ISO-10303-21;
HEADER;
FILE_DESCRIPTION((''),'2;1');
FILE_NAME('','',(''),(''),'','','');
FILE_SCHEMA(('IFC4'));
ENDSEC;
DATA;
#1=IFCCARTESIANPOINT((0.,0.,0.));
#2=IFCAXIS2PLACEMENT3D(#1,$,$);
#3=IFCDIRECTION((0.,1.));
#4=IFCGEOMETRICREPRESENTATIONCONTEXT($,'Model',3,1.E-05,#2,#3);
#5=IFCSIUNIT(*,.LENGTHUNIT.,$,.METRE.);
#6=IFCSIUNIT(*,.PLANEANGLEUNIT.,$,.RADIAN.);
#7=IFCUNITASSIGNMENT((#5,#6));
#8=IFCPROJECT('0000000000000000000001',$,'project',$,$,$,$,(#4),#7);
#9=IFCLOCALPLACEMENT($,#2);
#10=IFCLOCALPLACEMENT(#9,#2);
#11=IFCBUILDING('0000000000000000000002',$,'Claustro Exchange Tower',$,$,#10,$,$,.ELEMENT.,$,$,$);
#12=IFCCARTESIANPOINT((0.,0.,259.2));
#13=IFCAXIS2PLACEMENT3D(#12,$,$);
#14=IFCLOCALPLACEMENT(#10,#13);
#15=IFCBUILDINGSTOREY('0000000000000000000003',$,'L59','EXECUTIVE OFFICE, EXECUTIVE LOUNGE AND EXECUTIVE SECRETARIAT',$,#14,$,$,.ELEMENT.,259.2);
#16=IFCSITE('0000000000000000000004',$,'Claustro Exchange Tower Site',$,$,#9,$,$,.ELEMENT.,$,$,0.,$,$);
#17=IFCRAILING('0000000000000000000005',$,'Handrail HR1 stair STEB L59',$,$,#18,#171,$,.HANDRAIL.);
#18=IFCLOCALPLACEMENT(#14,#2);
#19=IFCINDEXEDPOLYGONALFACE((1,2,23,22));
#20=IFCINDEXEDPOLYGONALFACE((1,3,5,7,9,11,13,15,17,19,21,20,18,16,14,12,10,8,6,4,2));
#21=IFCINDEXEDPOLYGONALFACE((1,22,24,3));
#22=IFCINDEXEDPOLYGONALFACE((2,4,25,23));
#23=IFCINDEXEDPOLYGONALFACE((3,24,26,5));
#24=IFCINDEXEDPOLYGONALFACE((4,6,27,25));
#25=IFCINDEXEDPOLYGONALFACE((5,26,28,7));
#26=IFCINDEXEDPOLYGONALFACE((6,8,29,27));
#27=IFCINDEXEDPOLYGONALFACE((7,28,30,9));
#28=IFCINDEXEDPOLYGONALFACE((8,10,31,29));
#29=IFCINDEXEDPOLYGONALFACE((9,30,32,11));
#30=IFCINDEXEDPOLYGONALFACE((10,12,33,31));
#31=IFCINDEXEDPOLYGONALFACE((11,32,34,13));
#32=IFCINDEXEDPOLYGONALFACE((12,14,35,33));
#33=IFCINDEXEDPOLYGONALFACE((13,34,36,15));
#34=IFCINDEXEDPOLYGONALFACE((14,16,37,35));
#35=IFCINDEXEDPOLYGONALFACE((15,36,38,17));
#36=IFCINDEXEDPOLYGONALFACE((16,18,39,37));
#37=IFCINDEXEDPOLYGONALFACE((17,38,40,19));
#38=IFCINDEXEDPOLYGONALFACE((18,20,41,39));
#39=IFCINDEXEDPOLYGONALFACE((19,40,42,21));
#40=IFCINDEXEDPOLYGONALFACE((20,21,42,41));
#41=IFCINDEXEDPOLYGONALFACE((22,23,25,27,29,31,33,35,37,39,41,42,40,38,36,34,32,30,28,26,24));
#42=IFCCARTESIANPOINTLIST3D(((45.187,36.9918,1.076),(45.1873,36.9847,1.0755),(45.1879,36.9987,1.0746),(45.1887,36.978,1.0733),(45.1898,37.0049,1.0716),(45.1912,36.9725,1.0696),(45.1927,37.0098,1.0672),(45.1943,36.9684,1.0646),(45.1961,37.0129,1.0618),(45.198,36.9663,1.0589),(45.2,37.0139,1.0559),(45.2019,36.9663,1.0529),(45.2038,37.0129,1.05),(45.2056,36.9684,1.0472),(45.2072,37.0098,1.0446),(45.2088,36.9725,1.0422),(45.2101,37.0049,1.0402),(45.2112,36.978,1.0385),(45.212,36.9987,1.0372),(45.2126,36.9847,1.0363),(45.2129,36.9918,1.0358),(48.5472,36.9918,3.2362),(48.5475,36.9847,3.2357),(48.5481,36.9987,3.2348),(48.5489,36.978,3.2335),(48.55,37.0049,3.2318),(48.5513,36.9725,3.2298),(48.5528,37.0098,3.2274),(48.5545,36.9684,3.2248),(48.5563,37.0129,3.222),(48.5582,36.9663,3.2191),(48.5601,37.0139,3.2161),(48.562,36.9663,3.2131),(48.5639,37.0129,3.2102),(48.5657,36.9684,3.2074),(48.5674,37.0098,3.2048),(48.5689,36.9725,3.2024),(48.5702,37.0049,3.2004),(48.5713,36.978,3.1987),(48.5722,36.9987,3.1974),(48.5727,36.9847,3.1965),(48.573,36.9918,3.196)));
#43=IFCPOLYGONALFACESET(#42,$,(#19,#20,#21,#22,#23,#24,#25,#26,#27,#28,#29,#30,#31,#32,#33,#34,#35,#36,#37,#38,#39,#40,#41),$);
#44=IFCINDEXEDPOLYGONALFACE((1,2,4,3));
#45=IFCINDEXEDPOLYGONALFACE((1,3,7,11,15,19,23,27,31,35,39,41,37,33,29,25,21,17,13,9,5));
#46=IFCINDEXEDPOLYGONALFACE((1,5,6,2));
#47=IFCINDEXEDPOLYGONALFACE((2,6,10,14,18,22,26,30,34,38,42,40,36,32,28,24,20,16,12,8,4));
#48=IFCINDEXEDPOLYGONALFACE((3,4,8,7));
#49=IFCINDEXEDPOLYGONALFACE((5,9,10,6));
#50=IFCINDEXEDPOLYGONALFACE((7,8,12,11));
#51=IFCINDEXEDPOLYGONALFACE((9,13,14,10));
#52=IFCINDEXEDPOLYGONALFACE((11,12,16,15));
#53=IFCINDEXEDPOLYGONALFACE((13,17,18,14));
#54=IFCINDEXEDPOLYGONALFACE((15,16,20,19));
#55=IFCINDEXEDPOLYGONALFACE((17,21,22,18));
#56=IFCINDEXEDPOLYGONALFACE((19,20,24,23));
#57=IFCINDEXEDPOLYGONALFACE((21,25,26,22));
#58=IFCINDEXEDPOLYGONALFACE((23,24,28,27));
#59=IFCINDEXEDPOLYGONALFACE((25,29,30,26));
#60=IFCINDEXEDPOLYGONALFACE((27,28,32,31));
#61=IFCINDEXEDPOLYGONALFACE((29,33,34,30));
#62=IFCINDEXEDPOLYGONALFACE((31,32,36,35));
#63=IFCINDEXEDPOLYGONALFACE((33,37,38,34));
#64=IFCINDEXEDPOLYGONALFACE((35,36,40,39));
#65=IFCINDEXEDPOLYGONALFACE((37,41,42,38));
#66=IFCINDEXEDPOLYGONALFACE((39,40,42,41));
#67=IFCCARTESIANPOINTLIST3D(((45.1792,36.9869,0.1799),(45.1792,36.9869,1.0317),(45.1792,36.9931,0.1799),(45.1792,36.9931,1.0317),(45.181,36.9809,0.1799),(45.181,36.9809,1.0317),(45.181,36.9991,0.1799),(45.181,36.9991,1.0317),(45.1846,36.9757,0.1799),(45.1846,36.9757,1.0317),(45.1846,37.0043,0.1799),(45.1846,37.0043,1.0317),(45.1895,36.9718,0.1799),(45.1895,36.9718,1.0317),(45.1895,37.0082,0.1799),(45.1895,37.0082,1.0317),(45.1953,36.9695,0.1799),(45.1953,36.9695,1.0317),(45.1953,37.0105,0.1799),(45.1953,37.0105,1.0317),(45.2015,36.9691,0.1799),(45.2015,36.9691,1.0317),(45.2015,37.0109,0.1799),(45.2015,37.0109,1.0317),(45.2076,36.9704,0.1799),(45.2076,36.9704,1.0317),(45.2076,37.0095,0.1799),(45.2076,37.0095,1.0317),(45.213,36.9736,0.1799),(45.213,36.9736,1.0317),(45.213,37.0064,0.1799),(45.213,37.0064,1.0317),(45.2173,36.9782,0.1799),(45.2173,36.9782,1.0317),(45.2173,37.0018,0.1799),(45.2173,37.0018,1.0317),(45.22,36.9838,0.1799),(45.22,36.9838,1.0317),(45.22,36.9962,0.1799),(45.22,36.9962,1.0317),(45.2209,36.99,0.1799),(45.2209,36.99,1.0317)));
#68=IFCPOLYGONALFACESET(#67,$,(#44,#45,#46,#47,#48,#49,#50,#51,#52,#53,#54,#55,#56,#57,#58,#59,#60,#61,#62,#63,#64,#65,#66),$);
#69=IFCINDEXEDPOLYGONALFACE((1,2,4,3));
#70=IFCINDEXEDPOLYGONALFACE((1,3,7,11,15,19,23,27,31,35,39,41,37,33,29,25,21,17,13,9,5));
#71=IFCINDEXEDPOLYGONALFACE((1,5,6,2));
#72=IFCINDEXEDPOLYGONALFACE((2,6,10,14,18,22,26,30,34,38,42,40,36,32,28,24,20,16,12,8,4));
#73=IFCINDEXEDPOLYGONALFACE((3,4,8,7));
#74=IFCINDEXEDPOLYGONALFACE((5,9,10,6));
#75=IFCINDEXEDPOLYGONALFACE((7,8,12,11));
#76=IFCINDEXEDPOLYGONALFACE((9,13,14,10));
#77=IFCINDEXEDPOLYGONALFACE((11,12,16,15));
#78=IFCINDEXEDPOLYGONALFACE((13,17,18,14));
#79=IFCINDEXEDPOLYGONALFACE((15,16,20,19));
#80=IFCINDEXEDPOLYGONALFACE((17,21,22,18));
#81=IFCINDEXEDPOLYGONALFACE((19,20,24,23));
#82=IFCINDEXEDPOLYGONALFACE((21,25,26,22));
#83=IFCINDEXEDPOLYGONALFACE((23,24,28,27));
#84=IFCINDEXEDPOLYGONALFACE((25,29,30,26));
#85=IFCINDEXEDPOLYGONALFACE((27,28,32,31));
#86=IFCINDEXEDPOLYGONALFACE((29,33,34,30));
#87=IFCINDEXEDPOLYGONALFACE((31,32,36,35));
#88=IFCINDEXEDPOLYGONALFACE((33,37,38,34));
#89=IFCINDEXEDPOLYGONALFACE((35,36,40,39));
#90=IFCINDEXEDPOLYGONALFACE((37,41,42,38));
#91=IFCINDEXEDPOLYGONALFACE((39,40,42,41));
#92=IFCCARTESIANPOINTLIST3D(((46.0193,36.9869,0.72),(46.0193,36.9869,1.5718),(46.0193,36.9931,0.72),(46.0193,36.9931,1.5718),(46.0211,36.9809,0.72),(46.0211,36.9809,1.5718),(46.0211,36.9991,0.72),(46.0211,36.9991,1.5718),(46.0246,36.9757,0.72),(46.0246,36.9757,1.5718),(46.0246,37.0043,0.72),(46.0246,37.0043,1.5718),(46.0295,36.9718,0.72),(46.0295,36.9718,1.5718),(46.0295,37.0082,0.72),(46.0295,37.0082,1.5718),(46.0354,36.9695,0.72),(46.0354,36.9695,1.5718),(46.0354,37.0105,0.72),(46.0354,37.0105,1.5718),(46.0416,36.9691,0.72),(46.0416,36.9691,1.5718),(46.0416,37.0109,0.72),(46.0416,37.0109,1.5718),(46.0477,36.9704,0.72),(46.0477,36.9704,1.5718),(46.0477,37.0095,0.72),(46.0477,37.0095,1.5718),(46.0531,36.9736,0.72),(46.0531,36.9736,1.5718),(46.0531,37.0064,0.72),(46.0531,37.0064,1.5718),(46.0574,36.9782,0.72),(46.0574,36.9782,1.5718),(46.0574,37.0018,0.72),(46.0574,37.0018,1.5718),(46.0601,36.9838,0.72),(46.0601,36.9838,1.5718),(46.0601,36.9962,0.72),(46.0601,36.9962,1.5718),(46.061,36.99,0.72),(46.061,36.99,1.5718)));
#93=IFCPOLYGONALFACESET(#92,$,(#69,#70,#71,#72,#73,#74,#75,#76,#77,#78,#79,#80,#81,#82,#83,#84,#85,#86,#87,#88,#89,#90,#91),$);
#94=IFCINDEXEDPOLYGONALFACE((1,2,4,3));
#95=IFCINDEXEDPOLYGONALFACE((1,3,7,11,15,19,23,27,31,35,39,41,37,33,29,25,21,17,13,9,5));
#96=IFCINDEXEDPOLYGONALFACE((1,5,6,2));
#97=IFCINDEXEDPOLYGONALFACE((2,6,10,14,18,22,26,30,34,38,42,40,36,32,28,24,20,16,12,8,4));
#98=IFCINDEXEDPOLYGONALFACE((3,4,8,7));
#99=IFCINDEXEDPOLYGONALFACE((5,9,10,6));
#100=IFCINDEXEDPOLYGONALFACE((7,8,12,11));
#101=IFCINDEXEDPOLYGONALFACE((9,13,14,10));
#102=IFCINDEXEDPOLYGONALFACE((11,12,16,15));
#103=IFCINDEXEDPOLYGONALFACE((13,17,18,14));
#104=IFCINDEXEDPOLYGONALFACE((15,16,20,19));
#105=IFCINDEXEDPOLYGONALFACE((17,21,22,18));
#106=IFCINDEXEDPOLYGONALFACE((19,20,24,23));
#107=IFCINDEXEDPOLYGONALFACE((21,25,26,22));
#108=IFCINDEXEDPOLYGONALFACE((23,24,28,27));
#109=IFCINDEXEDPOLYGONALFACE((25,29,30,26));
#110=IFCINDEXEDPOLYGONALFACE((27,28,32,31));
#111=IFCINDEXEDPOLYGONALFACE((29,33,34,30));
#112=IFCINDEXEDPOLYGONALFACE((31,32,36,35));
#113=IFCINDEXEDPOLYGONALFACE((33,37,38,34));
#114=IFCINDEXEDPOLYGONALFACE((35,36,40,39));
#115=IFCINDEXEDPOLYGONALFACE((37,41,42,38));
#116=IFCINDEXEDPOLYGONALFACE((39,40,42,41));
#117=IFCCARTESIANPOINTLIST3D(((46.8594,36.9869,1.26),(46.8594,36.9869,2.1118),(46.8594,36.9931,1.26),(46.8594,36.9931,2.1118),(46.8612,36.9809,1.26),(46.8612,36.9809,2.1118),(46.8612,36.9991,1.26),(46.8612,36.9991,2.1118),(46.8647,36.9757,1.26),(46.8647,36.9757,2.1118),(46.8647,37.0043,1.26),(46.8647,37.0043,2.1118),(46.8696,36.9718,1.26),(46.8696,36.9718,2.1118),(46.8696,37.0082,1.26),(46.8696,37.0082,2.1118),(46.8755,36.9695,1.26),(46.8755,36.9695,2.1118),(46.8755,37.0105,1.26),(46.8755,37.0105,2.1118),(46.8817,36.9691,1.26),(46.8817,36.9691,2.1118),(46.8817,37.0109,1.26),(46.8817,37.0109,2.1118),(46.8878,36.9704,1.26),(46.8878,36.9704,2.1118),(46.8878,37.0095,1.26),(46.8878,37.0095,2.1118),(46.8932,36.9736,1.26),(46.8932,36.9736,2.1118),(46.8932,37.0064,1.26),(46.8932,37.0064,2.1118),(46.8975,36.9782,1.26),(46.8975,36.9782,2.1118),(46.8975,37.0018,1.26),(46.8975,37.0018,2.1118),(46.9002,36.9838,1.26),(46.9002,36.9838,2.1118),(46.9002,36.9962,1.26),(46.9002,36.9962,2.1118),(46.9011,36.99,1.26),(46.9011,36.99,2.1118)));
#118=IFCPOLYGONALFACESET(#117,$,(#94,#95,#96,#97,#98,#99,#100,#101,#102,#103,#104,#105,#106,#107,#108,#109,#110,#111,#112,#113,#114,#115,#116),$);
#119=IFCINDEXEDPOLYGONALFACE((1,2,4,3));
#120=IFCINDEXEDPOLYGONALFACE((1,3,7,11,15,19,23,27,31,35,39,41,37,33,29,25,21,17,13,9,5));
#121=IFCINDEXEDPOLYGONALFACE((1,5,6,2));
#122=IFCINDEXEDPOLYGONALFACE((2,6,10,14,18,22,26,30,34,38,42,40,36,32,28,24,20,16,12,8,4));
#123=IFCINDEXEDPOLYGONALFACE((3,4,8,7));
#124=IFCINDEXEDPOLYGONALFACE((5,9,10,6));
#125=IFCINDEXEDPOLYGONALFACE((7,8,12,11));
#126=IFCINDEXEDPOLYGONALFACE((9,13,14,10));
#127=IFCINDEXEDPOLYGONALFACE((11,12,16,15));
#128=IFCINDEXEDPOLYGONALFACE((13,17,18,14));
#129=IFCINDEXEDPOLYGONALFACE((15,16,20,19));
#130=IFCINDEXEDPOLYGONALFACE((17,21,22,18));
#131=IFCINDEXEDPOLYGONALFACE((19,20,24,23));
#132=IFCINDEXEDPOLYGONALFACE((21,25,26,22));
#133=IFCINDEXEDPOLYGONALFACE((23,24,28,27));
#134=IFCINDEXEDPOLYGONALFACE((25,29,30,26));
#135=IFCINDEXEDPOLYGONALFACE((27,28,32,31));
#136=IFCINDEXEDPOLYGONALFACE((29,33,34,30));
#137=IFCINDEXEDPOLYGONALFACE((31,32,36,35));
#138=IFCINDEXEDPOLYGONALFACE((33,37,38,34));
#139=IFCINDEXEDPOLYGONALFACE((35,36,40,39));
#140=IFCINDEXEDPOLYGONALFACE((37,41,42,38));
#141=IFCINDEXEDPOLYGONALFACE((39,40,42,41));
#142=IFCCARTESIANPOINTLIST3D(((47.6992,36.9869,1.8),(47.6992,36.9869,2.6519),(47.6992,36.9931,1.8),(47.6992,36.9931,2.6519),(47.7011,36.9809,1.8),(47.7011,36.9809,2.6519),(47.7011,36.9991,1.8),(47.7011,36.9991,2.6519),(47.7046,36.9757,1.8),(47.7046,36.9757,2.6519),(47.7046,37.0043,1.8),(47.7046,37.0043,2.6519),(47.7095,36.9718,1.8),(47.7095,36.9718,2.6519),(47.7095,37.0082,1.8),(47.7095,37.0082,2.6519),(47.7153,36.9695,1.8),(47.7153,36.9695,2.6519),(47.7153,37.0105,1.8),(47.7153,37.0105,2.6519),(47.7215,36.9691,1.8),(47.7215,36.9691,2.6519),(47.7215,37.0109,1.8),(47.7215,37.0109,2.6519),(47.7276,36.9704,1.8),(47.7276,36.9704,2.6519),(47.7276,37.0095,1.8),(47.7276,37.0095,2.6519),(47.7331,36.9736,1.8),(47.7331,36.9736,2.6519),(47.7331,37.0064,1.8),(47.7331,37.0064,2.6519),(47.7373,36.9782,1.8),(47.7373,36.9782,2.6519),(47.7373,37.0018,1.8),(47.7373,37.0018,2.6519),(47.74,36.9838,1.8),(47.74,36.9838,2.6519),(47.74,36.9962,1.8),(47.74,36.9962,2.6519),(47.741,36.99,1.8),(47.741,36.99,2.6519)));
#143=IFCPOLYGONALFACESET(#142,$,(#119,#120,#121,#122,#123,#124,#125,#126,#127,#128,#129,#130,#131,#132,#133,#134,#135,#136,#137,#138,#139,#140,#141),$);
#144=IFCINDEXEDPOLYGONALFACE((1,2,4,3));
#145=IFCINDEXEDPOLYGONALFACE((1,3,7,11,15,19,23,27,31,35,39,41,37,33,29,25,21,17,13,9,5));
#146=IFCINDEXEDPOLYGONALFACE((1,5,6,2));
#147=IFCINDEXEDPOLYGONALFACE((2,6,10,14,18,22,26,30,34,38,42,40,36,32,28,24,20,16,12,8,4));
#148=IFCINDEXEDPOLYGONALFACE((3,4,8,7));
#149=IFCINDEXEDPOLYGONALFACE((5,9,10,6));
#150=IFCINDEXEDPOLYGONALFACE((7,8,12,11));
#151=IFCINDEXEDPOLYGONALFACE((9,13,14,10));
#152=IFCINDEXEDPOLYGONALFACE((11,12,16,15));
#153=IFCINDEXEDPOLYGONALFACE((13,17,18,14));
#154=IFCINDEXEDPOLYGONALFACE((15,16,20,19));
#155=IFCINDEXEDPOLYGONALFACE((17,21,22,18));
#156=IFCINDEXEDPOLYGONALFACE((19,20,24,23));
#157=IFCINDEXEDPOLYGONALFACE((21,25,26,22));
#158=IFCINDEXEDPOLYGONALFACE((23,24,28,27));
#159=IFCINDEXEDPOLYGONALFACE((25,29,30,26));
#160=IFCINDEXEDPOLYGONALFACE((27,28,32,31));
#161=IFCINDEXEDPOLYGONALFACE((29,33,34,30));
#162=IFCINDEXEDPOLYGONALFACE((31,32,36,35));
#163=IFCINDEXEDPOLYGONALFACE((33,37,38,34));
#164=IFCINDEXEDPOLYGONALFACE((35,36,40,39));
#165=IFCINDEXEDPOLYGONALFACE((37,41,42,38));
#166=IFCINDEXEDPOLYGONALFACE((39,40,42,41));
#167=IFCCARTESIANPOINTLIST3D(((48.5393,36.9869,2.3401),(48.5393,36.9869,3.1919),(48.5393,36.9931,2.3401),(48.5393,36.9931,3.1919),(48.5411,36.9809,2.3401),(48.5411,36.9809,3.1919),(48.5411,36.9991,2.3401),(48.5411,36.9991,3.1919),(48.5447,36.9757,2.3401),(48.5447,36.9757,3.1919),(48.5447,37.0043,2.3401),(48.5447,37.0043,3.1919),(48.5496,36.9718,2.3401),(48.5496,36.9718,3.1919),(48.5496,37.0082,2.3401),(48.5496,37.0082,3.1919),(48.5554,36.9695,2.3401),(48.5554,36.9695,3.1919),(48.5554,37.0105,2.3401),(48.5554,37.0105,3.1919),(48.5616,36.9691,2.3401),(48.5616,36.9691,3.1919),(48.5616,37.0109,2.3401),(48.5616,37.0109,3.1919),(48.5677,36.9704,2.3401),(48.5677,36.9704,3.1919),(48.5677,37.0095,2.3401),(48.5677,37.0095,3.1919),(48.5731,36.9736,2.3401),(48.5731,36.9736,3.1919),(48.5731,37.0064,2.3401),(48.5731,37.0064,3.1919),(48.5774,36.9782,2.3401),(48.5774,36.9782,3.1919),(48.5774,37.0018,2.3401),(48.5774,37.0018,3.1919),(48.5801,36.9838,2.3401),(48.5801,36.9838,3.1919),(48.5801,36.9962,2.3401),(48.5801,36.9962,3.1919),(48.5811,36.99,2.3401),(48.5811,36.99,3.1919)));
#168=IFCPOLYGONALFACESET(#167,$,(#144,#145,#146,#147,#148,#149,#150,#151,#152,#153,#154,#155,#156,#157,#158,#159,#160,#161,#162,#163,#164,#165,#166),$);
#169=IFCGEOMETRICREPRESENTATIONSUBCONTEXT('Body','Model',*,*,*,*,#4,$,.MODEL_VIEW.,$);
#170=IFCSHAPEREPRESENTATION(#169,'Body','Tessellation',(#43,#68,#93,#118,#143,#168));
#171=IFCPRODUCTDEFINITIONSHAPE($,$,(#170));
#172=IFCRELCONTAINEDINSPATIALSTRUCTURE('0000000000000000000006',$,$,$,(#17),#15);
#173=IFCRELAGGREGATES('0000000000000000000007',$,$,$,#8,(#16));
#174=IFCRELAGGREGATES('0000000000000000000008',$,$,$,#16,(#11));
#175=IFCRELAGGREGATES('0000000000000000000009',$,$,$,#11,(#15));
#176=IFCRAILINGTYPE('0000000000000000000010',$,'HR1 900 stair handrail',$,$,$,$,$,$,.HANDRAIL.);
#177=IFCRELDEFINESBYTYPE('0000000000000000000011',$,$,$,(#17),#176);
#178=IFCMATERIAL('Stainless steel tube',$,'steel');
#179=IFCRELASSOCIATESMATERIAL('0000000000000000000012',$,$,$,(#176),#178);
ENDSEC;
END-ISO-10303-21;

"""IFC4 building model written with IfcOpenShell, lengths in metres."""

from ifc_helpers import new_model, si_unit, direction, frame, origin, origin_2d, place, context, subcontext, project, spatial, circle, extrude, material, type_object, element, save


model = new_model("IFC4")

# Units and contexts
model_context = context("Model", 3, precision=1e-05, world=origin(), true_north=direction((0.0, 1.0)))
body_context = subcontext(model_context, "Body", "Model", "MODEL_VIEW")
ifc_project = project(units=[si_unit("LENGTHUNIT", "METRE"), si_unit("PLANEANGLEUNIT", "RADIAN")], contexts=[model_context])

# Site, building, storey
site_placement = place(None, origin())
site = spatial("IfcSite", under=ifc_project, at=site_placement, Name="Claustro Exchange Tower Site", CompositionType="ELEMENT", RefElevation=0.0)
building_placement = place(site_placement, origin())
building = spatial("IfcBuilding", under=site, at=building_placement, Name="Claustro Exchange Tower", CompositionType="ELEMENT")
storey_placement = place(building_placement, frame((0.0, 0.0, 259.2)))
storey = spatial("IfcBuildingStorey", under=building, at=storey_placement, Name="L59", Description="EXECUTIVE OFFICE, EXECUTIVE LOUNGE AND EXECUTIVE SECRETARIAT", CompositionType="ELEMENT", Elevation=259.2)

# Railing
ifc_material_1 = material(Name="Stainless steel tube", Category="steel")
railing_type_1 = type_object("IfcRailingType", Name="HR1 900 stair handrail", PredefinedType="HANDRAIL", material=ifc_material_1)
railing_1_placement = place(storey_placement, frame((45.2, 36.99, 0.1799)))
element("IfcRailing", 1, at=railing_1_placement, inside=storey, type_object=railing_type_1, Name="Handrail HR1 stair STEB L59", PredefinedType="HANDRAIL", context=body_context, shape_type="SweptSolid", body=[
    extrude(circle(Radius=0.0239, at=origin_2d()), frame((0.0, 0.0, 0.876), z_axis=(0.841169, 0.0, 0.540773), x_axis=(0.0, 1.0, 0.0)), (0.0, 0.0, 1.0), 3.9946),
    extrude(circle(Radius=0.021, at=origin_2d()), origin(), (0.0, 0.0, 1.0), 0.8518),
    extrude(circle(Radius=0.021, at=origin_2d()), frame((0.8401, 0.0, 0.54)), (0.0, 0.0, 1.0), 0.8518),
    extrude(circle(Radius=0.021, at=origin_2d()), frame((1.6802, 0.0, 1.0801)), (0.0, 0.0, 1.0), 0.8518),
    extrude(circle(Radius=0.021, at=origin_2d()), frame((2.52, 0.0, 1.6201)), (0.0, 0.0, 1.0), 0.8518),
    extrude(circle(Radius=0.021, at=origin_2d()), frame((3.3601, 0.0, 2.1602)), (0.0, 0.0, 1.0), 0.8518),
])

save(model, "model.ifc")
